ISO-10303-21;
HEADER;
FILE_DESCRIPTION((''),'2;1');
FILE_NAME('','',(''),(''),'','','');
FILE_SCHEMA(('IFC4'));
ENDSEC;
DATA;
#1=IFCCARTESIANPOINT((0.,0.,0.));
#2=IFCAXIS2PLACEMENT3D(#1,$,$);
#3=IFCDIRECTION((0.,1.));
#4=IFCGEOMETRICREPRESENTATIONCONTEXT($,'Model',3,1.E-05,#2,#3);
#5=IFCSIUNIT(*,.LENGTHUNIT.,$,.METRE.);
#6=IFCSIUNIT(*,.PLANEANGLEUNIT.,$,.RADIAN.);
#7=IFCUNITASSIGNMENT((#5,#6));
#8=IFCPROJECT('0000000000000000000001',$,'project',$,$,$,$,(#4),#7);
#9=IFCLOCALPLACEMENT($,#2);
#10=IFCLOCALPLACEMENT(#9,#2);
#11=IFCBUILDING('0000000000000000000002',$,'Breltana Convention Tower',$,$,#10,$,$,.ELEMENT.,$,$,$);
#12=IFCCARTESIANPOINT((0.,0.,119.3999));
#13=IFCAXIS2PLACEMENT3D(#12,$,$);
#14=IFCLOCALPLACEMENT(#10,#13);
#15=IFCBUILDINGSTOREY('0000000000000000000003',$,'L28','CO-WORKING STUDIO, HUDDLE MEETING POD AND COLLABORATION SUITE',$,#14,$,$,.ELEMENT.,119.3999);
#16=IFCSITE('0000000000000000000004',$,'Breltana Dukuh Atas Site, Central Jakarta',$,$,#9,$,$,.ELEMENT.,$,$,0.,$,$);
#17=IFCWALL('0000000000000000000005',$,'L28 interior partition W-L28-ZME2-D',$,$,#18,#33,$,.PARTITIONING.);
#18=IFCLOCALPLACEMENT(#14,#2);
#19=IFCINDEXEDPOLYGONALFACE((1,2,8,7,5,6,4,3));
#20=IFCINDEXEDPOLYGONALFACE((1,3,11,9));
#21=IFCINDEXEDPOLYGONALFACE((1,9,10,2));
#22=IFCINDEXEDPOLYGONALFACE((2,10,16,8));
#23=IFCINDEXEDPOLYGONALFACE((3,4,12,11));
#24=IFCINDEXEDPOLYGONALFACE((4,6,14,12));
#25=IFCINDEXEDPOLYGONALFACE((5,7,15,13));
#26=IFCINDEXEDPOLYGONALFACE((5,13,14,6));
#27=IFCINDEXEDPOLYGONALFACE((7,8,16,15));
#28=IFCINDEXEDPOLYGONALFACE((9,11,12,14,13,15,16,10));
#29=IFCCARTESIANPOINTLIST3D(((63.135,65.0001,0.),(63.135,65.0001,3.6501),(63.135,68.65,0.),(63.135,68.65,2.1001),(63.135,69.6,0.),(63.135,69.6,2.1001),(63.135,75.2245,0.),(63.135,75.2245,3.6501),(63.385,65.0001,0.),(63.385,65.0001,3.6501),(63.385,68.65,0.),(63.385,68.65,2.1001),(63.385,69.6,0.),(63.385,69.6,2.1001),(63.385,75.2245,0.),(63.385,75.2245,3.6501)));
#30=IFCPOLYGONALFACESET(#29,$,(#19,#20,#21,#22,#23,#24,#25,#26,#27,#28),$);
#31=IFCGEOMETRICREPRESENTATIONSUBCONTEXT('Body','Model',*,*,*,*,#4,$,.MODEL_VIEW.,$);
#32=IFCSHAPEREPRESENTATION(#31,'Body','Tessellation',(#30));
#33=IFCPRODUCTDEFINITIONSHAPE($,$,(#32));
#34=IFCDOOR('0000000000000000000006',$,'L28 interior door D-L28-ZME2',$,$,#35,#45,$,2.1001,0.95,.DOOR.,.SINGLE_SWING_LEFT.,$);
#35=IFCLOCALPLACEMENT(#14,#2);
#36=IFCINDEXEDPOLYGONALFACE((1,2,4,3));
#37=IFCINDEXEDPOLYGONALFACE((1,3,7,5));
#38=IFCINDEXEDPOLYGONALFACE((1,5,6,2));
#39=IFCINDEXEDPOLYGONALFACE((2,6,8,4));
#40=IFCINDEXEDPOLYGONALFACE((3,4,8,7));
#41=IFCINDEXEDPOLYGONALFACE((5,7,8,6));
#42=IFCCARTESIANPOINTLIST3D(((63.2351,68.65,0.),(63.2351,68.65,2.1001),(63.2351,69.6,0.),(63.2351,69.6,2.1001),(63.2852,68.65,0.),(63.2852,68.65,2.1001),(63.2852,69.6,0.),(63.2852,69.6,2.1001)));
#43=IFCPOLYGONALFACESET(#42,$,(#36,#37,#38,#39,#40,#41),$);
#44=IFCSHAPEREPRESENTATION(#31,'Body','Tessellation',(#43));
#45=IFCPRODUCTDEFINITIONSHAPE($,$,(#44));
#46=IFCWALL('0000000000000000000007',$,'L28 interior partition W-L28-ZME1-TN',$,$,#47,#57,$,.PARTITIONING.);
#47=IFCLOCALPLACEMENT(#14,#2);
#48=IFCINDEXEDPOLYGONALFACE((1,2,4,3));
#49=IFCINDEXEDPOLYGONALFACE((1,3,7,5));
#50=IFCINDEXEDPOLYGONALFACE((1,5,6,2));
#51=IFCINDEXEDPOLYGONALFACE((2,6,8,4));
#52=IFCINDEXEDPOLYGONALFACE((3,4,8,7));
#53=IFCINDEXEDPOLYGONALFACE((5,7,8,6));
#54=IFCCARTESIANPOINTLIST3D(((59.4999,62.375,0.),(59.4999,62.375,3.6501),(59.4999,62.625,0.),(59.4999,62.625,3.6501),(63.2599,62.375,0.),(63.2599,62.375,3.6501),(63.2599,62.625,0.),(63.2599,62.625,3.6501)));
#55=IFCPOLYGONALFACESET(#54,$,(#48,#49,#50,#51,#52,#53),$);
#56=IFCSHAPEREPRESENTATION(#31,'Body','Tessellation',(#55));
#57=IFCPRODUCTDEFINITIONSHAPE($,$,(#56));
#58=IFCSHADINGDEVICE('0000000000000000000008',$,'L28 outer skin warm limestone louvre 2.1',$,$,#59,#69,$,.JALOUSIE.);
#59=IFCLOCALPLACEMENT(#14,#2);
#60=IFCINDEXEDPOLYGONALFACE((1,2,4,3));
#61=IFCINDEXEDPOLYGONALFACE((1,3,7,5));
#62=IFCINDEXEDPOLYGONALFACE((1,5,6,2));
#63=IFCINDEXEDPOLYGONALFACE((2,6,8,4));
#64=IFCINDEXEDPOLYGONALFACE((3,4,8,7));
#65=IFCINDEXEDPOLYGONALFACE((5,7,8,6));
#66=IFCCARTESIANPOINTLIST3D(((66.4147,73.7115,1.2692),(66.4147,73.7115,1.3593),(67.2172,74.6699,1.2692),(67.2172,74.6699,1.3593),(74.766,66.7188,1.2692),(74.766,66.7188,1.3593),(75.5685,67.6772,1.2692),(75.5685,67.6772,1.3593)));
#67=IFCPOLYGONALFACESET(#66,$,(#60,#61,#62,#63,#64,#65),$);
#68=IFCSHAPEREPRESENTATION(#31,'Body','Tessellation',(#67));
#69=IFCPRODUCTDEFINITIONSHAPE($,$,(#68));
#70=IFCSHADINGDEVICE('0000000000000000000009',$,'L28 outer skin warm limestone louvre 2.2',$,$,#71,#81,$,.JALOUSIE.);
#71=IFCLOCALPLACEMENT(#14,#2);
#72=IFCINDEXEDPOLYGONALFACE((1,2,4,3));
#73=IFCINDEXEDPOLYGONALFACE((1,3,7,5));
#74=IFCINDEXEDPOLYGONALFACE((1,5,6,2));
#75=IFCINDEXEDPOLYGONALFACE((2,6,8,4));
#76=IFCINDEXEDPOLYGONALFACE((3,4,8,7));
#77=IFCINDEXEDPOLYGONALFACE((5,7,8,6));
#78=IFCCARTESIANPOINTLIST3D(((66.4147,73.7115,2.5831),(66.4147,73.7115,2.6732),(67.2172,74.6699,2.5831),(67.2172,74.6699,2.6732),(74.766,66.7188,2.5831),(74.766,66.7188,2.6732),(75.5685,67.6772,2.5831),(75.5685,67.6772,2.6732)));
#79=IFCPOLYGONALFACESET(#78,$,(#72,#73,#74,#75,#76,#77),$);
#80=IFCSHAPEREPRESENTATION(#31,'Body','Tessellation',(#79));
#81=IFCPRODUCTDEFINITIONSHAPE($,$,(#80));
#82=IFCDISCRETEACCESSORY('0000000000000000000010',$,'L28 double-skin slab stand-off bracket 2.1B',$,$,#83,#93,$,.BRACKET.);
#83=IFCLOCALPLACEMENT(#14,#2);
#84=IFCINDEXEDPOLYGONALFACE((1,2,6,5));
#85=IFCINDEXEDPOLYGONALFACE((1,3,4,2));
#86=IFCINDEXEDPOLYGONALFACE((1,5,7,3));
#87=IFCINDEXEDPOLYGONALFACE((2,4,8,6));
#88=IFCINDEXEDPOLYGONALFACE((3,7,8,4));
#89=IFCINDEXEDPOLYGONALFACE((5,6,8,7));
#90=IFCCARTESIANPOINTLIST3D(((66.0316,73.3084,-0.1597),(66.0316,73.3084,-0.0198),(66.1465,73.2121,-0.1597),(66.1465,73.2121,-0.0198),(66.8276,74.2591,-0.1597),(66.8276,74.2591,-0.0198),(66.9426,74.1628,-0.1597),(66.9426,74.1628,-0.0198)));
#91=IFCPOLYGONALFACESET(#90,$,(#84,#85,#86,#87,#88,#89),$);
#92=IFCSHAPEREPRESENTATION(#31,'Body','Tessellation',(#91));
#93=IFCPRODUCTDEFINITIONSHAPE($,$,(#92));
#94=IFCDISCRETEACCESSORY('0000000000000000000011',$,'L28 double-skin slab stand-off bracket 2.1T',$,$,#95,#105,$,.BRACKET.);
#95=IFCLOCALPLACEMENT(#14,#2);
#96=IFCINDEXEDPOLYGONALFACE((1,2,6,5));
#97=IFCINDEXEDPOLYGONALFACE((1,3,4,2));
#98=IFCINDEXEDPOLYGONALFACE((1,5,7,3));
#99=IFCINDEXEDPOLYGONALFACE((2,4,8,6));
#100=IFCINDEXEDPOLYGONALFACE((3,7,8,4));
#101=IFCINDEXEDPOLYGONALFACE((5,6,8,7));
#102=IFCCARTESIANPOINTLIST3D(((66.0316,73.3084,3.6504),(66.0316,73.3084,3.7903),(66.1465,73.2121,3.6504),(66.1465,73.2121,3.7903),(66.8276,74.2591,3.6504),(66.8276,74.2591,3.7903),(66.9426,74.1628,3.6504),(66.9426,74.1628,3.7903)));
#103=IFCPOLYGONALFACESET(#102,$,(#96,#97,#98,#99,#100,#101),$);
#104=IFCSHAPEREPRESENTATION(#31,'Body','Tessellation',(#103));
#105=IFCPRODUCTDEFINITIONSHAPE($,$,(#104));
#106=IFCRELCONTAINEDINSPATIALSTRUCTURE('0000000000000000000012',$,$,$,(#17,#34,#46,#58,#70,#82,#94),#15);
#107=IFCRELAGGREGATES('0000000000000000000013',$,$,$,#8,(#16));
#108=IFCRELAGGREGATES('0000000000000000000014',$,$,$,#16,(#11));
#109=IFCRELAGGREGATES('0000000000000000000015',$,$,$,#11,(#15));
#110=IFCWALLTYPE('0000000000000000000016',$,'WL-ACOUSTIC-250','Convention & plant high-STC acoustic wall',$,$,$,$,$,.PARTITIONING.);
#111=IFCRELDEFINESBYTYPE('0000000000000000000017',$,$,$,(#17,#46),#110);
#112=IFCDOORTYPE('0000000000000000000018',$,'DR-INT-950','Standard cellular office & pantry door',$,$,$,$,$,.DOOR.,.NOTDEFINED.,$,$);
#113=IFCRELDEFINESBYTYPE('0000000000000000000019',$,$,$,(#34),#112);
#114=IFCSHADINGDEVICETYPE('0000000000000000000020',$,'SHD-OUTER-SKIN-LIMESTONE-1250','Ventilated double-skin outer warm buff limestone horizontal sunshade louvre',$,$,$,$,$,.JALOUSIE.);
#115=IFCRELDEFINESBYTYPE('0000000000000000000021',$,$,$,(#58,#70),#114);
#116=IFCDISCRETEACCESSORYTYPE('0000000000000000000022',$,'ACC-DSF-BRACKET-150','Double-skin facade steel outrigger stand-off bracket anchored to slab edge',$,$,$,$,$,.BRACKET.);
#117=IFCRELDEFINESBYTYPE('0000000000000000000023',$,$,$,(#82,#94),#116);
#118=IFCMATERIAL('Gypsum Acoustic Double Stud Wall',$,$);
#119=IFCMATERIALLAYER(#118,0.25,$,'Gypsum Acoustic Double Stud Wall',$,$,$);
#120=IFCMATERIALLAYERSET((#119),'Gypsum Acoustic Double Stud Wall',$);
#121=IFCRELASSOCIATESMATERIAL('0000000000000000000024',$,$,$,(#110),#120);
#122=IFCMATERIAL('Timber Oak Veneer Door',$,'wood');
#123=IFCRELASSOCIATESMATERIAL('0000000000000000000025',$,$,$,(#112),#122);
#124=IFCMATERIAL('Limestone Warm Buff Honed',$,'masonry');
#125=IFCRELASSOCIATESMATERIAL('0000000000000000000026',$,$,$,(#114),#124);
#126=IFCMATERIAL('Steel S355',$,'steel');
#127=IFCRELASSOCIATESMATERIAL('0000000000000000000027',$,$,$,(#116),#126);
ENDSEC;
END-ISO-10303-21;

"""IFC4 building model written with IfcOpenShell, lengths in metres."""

from ifc_helpers import new_model, si_unit, direction, frame, frame_2d, origin, origin_2d, place, context, subcontext, project, spatial, rectangle, extrude, source, transform, mapped, material, layer, layer_set, material_profile, profile_set, type_object, type_shapes, element, fill, save


model = new_model("IFC4")

# Units and contexts
model_context = context("Model", 3, precision=1e-05, world=origin(), true_north=direction((0.0, 1.0)))
body_context = subcontext(model_context, "Body", "Model", "MODEL_VIEW")
ifc_project = project(units=[si_unit("LENGTHUNIT", "METRE"), si_unit("PLANEANGLEUNIT", "RADIAN")], contexts=[model_context])

# Site, building, storey
site_placement = place(None, origin())
site = spatial("IfcSite", under=ifc_project, at=site_placement, Name="Breltana Dukuh Atas Site, Central Jakarta", CompositionType="ELEMENT", RefElevation=0.0)
building_placement = place(site_placement, origin())
building = spatial("IfcBuilding", under=site, at=building_placement, Name="Breltana Convention Tower", CompositionType="ELEMENT")
storey_placement = place(building_placement, frame((0.0, 0.0, 119.3999)))
storey = spatial("IfcBuildingStorey", under=building, at=storey_placement, Name="L28", Description="CO-WORKING STUDIO, HUDDLE MEETING POD AND COLLABORATION SUITE", CompositionType="ELEMENT", Elevation=119.3999)

# Shared definitions
ifc_material_1 = material(Name="Gypsum Acoustic Double Stud Wall")
ifc_layer_1 = layer(ifc_material_1, 0.25, Name="Gypsum Acoustic Double Stud Wall")
ifc_layer_set_1 = layer_set([ifc_layer_1], Name="Gypsum Acoustic Double Stud Wall")
wall_type_1 = type_object("IfcWallType", Name="WL-ACOUSTIC-250", Description="Convention & plant high-STC acoustic wall", PredefinedType="PARTITIONING", material=ifc_layer_set_1)

# Wall, opening, door
shared_shape_1 = source(origin(), body_context, "Body", "SweptSolid", [
    extrude(rectangle(XDim=10.2244, YDim=0.25, at=frame_2d((5.1123, 0.0))), origin(), (0.0, 0.0, 1.0), 3.6501),
])
wall_1_placement = place(storey_placement, frame((63.26, 65.0, 0.0), z_axis=(0.0, 0.0, 1.0), x_axis=(0.0, 1.0, 0.0)))
wall_1 = element("IfcWall", 1, at=wall_1_placement, inside=storey, type_object=wall_type_1, Name="L28 interior partition W-L28-ZME2-D", PredefinedType="PARTITIONING", context=body_context, shape_type="MappedRepresentation", body=[
    mapped(shared_shape_1, transform((0.0, 0.0, 0.0), scale=1.0)),
])
opening_1_placement = place(wall_1_placement, frame((3.6499, 0.0, 0.0)))
opening_1 = element("IfcOpeningElement", 2, at=opening_1_placement, cuts=wall_1, PredefinedType="OPENING", context=body_context, shape_type="SweptSolid", body=[
    extrude(rectangle(XDim=0.95, YDim=2.1001, at=frame_2d((0.4751, 1.05))), frame((0.0, 0.135, 0.0), z_axis=(0.0, -1.0, 0.0), x_axis=(1.0, 0.0, 0.0)), (0.0, 0.0, 1.0), 0.27),
])
ifc_material_2 = material(Name="Timber Oak Veneer Door", Category="wood")
door_type_1 = type_object("IfcDoorType", Name="DR-INT-950", Description="Standard cellular office & pantry door", OperationType="NOTDEFINED", PredefinedType="DOOR", material=ifc_material_2)
shared_shape_2 = source(origin(), body_context, "Body", "SweptSolid", [
    extrude(rectangle(XDim=0.95, YDim=2.1001, at=frame_2d((0.4751, 1.05))), frame((0.0, 0.0249, 0.0), z_axis=(0.0, -1.0, 0.0), x_axis=(1.0, 0.0, 0.0)), (0.0, 0.0, 1.0), 0.05),
])
type_shapes(door_type_1, [shared_shape_2])
door_1_placement = place(opening_1_placement, origin())
door_1 = element("IfcDoor", 3, at=door_1_placement, inside=storey, type_object=door_type_1, Name="L28 interior door D-L28-ZME2", OperationType="SINGLE_SWING_LEFT", OverallHeight=2.1001, OverallWidth=0.95, PredefinedType="DOOR", context=body_context, shape_type="MappedRepresentation", body=[
    mapped(shared_shape_2, transform((0.0, 0.0, 0.0), scale=1.0)),
])
fill(opening_1, door_1)

# Wall
shared_shape_3 = source(origin(), body_context, "Body", "SweptSolid", [
    extrude(rectangle(XDim=3.76, YDim=0.25, at=frame_2d((1.8799, 0.0))), origin(), (0.0, 0.0, 1.0), 3.6501),
])
wall_2_placement = place(storey_placement, frame((59.5, 62.5, 0.0), z_axis=(0.0, 0.0, 1.0), x_axis=(1.0, 0.0, 0.0)))
element("IfcWall", 4, at=wall_2_placement, inside=storey, type_object=wall_type_1, Name="L28 interior partition W-L28-ZME1-TN", PredefinedType="PARTITIONING", context=body_context, shape_type="MappedRepresentation", body=[
    mapped(shared_shape_3, transform((0.0, 0.0, 0.0), scale=1.0)),
])

# Shading devices
ifc_material_3 = material(Name="Limestone Warm Buff Honed", Category="masonry")
ifc_material_profile_1 = material_profile(ifc_material_3, rectangle(XDim=1.25, YDim=0.0901, at=origin_2d()), Name="STN-LVR-1250X90")
ifc_profile_set_1 = profile_set([ifc_material_profile_1], Name="Limestone Warm Buff Honed")
shading_device_type = type_object("IfcShadingDeviceType", Name="SHD-OUTER-SKIN-LIMESTONE-1250", Description="Ventilated double-skin outer warm buff limestone horizontal sunshade louvre", PredefinedType="JALOUSIE", material=ifc_profile_set_1)
shared_shape_4 = source(origin(), body_context, "Body", "SweptSolid", [
    extrude(rectangle(XDim=1.25, YDim=0.0901, at=origin_2d()), origin(), (0.0, 0.0, 1.0), 10.8923),
])
for number, where, z_axis, x_axis, name in (
    (5, (66.8159, 74.1907, 1.3142), (0.766718, -0.641984, 0.0), (0.641984, 0.766718, 0.0), "L28 outer skin warm limestone louvre 2.1"),
    (6, (66.8159, 74.1907, 2.6282), (0.766718, -0.641984, 0.0), (0.641984, 0.766718, 0.0), "L28 outer skin warm limestone louvre 2.2"),
):
    element("IfcShadingDevice", number, at=place(storey_placement, frame(where, z_axis=z_axis, x_axis=x_axis)), inside=storey, type_object=shading_device_type, Name=name, PredefinedType="JALOUSIE", context=body_context, shape_type="MappedRepresentation", body=[
        mapped(shared_shape_4, transform((0.0, 0.0, 0.0), scale=1.0)),
    ])

# Discrete accessories
ifc_material_4 = material(Name="Steel S355", Category="steel")
discrete_accessory_type = type_object("IfcDiscreteAccessoryType", Name="ACC-DSF-BRACKET-150", Description="Double-skin facade steel outrigger stand-off bracket anchored to slab edge", PredefinedType="BRACKET", material=ifc_material_4)
shared_shape_5 = source(origin(), body_context, "Body", "SweptSolid", [
    extrude(rectangle(XDim=1.24, YDim=0.1499, at=origin_2d()), origin(), (0.0, 0.0, 1.0), 0.1399),
])
type_shapes(discrete_accessory_type, [shared_shape_5])
for number, where, z_axis, x_axis, name in (
    (7, (66.4871, 73.7356, -0.1597), (0.0, 0.0, 1.0), (0.641987, 0.766715, 0.0), "L28 double-skin slab stand-off bracket 2.1B"),
    (8, (66.4871, 73.7356, 3.6504), (0.0, 0.0, 1.0), (0.641987, 0.766715, 0.0), "L28 double-skin slab stand-off bracket 2.1T"),
):
    element("IfcDiscreteAccessory", number, at=place(storey_placement, frame(where, z_axis=z_axis, x_axis=x_axis)), inside=storey, type_object=discrete_accessory_type, Name=name, PredefinedType="BRACKET", context=body_context, shape_type="MappedRepresentation", body=[
        mapped(shared_shape_5, transform((0.0, 0.0, 0.0), scale=1.0)),
    ])

save(model, "model.ifc")
